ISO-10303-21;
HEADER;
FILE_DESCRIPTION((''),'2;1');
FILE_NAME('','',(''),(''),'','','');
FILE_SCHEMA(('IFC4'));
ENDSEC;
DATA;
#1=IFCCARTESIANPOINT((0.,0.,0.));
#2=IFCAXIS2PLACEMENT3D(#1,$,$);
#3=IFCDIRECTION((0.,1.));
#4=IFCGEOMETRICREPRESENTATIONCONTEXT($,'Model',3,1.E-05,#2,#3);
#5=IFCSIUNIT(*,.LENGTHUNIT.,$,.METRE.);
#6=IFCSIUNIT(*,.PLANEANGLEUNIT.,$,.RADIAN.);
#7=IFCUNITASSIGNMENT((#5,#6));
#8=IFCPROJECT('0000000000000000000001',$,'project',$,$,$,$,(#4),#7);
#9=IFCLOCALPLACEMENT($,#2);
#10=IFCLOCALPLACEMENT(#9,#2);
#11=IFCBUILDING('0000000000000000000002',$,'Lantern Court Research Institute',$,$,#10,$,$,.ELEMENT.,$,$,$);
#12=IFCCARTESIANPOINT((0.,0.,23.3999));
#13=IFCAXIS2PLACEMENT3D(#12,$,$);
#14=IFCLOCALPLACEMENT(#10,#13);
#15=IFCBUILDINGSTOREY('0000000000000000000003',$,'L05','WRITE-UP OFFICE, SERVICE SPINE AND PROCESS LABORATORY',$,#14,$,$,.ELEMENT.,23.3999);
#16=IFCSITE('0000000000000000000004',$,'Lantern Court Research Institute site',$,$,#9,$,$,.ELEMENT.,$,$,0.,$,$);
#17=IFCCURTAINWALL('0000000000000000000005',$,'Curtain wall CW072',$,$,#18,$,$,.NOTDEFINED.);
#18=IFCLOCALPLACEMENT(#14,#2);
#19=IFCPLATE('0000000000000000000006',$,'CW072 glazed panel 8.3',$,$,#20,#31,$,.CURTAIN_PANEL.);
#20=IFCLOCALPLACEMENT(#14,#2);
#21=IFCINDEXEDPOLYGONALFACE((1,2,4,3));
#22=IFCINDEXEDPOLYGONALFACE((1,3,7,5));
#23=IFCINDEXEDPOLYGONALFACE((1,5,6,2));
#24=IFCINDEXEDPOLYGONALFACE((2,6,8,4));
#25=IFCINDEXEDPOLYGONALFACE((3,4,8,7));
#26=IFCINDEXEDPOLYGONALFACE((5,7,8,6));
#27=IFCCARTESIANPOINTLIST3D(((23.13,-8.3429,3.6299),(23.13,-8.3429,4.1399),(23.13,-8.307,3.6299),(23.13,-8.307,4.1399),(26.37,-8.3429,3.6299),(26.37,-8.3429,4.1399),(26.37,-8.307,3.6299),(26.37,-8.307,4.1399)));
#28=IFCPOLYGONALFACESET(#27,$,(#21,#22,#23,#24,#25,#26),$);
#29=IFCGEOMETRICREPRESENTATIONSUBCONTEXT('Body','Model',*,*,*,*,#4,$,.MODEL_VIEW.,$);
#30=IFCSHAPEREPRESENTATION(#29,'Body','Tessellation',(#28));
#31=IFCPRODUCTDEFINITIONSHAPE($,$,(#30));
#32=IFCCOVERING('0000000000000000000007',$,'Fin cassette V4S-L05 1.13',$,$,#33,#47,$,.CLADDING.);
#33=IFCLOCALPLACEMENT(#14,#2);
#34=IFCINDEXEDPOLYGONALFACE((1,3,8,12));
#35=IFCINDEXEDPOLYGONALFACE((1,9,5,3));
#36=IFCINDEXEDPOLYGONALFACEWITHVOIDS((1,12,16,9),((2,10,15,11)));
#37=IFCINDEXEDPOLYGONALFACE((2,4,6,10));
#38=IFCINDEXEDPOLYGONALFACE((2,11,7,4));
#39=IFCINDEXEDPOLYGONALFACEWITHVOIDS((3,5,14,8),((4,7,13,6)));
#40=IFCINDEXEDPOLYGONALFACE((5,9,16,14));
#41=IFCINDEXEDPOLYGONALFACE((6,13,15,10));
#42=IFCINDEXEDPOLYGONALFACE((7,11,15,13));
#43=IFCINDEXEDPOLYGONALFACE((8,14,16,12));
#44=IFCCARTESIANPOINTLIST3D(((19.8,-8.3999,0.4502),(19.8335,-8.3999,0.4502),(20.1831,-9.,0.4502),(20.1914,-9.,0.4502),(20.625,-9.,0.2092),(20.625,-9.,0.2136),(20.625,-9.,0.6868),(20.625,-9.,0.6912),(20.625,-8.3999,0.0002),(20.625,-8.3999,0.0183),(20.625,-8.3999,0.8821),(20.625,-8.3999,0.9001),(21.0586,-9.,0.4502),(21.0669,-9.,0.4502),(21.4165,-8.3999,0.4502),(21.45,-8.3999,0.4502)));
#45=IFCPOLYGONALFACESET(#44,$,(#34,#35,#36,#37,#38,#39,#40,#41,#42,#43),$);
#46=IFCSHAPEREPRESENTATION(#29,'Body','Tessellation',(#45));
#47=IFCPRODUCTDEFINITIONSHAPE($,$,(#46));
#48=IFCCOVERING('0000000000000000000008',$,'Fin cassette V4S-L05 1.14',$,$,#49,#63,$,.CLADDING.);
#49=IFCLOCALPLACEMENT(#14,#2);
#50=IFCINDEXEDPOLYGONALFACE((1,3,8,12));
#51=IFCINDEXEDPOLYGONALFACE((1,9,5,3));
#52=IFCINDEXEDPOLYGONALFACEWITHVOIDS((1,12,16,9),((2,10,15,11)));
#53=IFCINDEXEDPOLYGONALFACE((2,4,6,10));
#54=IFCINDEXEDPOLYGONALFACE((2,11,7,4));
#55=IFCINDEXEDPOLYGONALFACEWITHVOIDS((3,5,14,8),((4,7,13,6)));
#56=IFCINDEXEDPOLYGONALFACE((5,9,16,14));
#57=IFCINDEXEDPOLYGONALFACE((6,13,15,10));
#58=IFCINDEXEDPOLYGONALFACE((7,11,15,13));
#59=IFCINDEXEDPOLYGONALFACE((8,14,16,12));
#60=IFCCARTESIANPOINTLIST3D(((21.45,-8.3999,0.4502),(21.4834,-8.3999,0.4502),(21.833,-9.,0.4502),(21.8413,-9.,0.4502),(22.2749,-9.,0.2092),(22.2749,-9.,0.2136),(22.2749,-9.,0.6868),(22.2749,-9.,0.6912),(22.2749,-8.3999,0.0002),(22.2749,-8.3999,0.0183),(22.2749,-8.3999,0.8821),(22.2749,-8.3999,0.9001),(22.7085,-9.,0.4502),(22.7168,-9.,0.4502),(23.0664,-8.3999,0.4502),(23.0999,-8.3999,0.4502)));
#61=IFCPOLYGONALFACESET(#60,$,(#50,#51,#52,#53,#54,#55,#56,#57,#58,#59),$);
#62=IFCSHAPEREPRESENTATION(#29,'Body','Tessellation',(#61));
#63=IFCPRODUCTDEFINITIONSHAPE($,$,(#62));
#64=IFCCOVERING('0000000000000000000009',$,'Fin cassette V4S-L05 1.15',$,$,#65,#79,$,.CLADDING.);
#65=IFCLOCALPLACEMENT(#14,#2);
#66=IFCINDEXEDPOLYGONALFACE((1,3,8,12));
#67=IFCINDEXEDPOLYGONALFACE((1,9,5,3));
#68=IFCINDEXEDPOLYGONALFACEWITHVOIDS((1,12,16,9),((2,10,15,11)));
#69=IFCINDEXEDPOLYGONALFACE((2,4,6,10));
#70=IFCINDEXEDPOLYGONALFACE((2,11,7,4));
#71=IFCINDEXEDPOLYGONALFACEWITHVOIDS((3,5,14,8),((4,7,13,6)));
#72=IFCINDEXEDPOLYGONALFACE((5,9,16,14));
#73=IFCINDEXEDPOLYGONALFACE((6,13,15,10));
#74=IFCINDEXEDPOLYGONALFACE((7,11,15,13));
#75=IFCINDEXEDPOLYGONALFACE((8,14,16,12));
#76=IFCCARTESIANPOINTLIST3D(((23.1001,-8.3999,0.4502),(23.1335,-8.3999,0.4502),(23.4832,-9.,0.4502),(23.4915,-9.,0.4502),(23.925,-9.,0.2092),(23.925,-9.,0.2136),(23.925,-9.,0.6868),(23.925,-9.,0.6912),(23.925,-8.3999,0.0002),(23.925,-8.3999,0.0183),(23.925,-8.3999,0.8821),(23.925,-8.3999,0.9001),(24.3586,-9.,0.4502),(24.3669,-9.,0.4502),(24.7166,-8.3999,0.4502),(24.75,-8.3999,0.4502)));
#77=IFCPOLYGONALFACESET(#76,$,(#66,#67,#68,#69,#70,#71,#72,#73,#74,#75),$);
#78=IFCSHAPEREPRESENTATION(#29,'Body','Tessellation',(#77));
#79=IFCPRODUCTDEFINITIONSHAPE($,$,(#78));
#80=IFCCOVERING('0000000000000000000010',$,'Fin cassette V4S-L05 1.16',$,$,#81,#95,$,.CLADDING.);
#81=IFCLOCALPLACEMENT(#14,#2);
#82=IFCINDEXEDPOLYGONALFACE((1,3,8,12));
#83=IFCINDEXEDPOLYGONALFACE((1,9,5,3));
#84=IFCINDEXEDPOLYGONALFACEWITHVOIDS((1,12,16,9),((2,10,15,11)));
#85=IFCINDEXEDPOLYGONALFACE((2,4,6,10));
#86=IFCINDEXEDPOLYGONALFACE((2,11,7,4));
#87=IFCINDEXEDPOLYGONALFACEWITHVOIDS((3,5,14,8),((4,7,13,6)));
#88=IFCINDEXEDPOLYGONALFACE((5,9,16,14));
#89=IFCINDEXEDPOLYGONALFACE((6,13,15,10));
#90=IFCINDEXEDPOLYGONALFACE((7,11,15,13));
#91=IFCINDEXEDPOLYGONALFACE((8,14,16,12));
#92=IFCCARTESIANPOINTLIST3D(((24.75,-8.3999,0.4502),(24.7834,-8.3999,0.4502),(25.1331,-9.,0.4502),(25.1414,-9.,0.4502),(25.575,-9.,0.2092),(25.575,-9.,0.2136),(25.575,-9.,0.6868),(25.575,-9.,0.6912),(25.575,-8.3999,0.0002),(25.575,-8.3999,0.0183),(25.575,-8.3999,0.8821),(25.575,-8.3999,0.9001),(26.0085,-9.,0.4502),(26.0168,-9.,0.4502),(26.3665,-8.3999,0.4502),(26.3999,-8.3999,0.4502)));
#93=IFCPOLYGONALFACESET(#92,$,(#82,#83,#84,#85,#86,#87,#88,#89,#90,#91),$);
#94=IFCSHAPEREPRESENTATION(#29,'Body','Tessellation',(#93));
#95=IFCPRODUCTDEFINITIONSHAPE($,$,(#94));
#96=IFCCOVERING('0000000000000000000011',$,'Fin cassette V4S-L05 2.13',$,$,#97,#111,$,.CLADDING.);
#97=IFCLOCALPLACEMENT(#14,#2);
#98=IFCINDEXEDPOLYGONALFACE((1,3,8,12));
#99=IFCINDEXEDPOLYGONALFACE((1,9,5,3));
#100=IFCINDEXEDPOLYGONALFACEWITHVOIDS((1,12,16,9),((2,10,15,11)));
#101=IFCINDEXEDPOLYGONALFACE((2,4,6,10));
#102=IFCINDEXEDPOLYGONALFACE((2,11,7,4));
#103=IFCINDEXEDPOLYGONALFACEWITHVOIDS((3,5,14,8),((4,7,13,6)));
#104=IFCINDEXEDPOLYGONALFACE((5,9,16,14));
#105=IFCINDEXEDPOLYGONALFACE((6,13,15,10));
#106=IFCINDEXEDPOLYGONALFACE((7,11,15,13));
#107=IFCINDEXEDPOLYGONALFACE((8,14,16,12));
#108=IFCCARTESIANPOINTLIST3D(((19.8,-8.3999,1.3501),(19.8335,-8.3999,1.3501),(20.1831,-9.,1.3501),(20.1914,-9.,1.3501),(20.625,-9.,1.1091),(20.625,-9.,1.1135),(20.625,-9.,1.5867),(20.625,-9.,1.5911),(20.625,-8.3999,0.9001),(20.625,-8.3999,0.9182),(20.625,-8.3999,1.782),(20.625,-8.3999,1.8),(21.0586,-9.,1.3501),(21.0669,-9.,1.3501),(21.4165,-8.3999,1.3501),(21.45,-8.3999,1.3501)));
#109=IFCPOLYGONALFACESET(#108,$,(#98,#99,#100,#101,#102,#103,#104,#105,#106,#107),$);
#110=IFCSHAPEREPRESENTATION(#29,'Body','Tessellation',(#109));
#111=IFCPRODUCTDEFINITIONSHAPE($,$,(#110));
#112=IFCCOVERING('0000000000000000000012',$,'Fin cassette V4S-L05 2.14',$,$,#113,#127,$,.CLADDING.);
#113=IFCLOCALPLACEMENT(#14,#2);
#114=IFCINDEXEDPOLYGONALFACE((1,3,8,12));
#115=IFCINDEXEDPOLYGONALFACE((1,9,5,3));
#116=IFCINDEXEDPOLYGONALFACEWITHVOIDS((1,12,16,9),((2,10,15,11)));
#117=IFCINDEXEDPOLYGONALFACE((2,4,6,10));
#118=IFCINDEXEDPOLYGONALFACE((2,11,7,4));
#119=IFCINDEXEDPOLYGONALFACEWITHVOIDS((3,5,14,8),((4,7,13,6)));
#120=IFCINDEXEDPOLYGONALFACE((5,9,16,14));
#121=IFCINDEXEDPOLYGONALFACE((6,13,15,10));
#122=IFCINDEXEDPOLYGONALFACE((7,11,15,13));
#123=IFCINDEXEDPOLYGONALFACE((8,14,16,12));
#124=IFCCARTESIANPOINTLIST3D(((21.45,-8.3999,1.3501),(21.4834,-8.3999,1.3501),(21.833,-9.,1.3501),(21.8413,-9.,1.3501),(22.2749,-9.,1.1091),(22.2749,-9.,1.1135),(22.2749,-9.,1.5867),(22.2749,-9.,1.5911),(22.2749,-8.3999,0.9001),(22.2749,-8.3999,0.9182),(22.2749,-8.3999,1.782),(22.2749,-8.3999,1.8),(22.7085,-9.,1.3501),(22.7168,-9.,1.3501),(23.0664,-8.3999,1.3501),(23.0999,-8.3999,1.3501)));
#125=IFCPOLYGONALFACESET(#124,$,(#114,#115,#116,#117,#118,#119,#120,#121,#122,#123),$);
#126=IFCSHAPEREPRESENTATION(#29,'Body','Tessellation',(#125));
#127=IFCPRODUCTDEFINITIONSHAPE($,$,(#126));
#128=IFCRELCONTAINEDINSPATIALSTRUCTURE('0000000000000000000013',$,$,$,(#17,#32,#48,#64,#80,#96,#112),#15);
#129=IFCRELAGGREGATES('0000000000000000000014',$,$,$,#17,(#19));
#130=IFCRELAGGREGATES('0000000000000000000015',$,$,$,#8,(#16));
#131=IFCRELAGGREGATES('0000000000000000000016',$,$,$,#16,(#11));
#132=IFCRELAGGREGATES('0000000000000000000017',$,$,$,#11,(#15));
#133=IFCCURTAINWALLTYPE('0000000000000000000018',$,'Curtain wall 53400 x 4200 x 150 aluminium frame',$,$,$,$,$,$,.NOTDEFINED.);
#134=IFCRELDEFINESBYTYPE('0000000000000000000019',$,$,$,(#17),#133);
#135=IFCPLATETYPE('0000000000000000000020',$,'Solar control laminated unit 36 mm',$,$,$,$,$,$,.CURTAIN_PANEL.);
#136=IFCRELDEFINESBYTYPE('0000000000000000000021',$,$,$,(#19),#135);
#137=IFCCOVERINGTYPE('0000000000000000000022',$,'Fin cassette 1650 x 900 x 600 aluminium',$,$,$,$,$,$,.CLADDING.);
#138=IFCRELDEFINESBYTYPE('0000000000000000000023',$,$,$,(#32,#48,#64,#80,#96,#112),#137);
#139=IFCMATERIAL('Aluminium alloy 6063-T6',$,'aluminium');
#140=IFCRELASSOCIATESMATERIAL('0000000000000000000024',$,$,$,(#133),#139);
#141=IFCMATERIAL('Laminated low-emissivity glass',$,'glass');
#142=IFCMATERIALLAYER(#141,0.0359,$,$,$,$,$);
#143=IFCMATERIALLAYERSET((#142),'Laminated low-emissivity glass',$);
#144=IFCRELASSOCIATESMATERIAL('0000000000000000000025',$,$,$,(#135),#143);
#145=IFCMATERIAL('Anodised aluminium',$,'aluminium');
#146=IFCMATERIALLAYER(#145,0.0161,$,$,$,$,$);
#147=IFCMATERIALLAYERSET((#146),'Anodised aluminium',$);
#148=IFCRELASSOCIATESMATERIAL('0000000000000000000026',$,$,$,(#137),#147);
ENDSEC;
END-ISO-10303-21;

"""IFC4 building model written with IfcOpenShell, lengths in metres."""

from ifc_helpers import new_model, entity, si_unit, direction, frame, origin, origin_2d, place, context, subcontext, project, spatial, rectangle, extrude, material, layer, layer_set, type_object, element, aggregate, save


model = new_model("IFC4")

# Units and contexts
model_context = context("Model", 3, precision=1e-05, world=origin(), true_north=direction((0.0, 1.0)))
body_context = subcontext(model_context, "Body", "Model", "MODEL_VIEW")
ifc_project = project(units=[si_unit("LENGTHUNIT", "METRE"), si_unit("PLANEANGLEUNIT", "RADIAN")], contexts=[model_context])

# Site, building, storey
site_placement = place(None, origin())
site = spatial("IfcSite", under=ifc_project, at=site_placement, Name="Lantern Court Research Institute site", CompositionType="ELEMENT", RefElevation=0.0)
building_placement = place(site_placement, origin())
building = spatial("IfcBuilding", under=site, at=building_placement, Name="Lantern Court Research Institute", CompositionType="ELEMENT")
storey_placement = place(building_placement, frame((0.0, 0.0, 23.3999)))
storey = spatial("IfcBuildingStorey", under=building, at=storey_placement, Name="L05", Description="WRITE-UP OFFICE, SERVICE SPINE AND PROCESS LABORATORY", CompositionType="ELEMENT", Elevation=23.3999)

# Curtain wall, plate
ifc_material_1 = material(Name="Aluminium alloy 6063-T6", Category="aluminium")
curtain_wall_type = type_object("IfcCurtainWallType", Name="Curtain wall 53400 x 4200 x 150 aluminium frame", PredefinedType="NOTDEFINED", material=ifc_material_1)
curtain_wall_placement = place(storey_placement, origin())
curtain_wall = element("IfcCurtainWall", 1, at=curtain_wall_placement, inside=storey, type_object=curtain_wall_type, Name="Curtain wall CW072", PredefinedType="NOTDEFINED")
ifc_material_2 = material(Name="Laminated low-emissivity glass", Category="glass")
ifc_layer_1 = layer(ifc_material_2, 0.0359)
ifc_layer_set_1 = layer_set([ifc_layer_1], Name="Laminated low-emissivity glass")
plate_type_1 = type_object("IfcPlateType", Name="Solar control laminated unit 36 mm", PredefinedType="CURTAIN_PANEL", material=ifc_layer_set_1)
plate_1_placement = place(storey_placement, frame((24.75, -8.325, 3.6299), z_axis=(0.0, 0.0, 1.0), x_axis=(-1.0, 0.0, 0.0)))
plate_1 = element("IfcPlate", 2, at=plate_1_placement, type_object=plate_type_1, Name="CW072 glazed panel 8.3", PredefinedType="CURTAIN_PANEL", context=body_context, shape_type="SweptSolid", body=[
    extrude(rectangle(XDim=3.24, YDim=0.0359, at=origin_2d()), origin(), (0.0, 0.0, 1.0), 0.51),
])
aggregate(curtain_wall, [plate_1])

# Coverings
ifc_material_3 = material(Name="Anodised aluminium", Category="aluminium")
ifc_layer_2 = layer(ifc_material_3, 0.0161)
ifc_layer_set_2 = layer_set([ifc_layer_2], Name="Anodised aluminium")
covering_type = type_object("IfcCoveringType", Name="Fin cassette 1650 x 900 x 600 aluminium", PredefinedType="CLADDING", material=ifc_layer_set_2)
covering_1_placement = place(storey_placement, frame((20.625, -8.3999, 0.4502), z_axis=(0.0, -1.0, 0.0), x_axis=(1.0, 0.0, 0.0)))
cartesian_point_1 = entity("IfcCartesianPoint", [0.825, 0.0])
cartesian_point_2 = entity("IfcCartesianPoint", [0.7915, 0.0])
cartesian_point_3 = entity("IfcCartesianPoint", [0.4419, 0.0])
cartesian_point_4 = entity("IfcCartesianPoint", [0.4336, 0.0])
element("IfcCovering", 3, at=covering_1_placement, inside=storey, type_object=covering_type, Name="Fin cassette V4S-L05 1.13", PredefinedType="CLADDING", context=body_context, shape_type="SweptSolid", body=[
    entity("IfcExtrudedAreaSolidTapered", entity("IfcArbitraryProfileDefWithVoids", "AREA", None, entity("IfcPolyline", [cartesian_point_1, entity("IfcCartesianPoint", [0.0, 0.45]), entity("IfcCartesianPoint", [-0.825, 0.0]), entity("IfcCartesianPoint", [0.0, -0.45]), cartesian_point_1]), [entity("IfcPolyline", [cartesian_point_2, entity("IfcCartesianPoint", [0.0, 0.4319]), entity("IfcCartesianPoint", [-0.7915, 0.0]), entity("IfcCartesianPoint", [0.0, -0.4319]), cartesian_point_2])]), entity("IfcAxis2Placement3D", entity("IfcCartesianPoint", [0.0, 0.0, 0.0])), entity("IfcDirection", [0.0, 0.0, 1.0]), 0.6001, entity("IfcArbitraryProfileDefWithVoids", "AREA", None, entity("IfcPolyline", [cartesian_point_3, entity("IfcCartesianPoint", [0.0, 0.241]), entity("IfcCartesianPoint", [-0.4419, 0.0]), entity("IfcCartesianPoint", [0.0, -0.241]), cartesian_point_3]), [entity("IfcPolyline", [cartesian_point_4, entity("IfcCartesianPoint", [0.0, 0.2366]), entity("IfcCartesianPoint", [-0.4336, 0.0]), entity("IfcCartesianPoint", [0.0, -0.2366]), cartesian_point_4])])),
])
covering_2_placement = place(storey_placement, frame((22.2749, -8.3999, 0.4502), z_axis=(0.0, -1.0, 0.0), x_axis=(1.0, 0.0, 0.0)))
cartesian_point_5 = entity("IfcCartesianPoint", [0.825, 0.0])
cartesian_point_6 = entity("IfcCartesianPoint", [0.7915, 0.0])
cartesian_point_7 = entity("IfcCartesianPoint", [0.4419, 0.0])
cartesian_point_8 = entity("IfcCartesianPoint", [0.4336, 0.0])
element("IfcCovering", 4, at=covering_2_placement, inside=storey, type_object=covering_type, Name="Fin cassette V4S-L05 1.14", PredefinedType="CLADDING", context=body_context, shape_type="SweptSolid", body=[
    entity("IfcExtrudedAreaSolidTapered", entity("IfcArbitraryProfileDefWithVoids", "AREA", None, entity("IfcPolyline", [cartesian_point_5, entity("IfcCartesianPoint", [0.0, 0.45]), entity("IfcCartesianPoint", [-0.825, 0.0]), entity("IfcCartesianPoint", [0.0, -0.45]), cartesian_point_5]), [entity("IfcPolyline", [cartesian_point_6, entity("IfcCartesianPoint", [0.0, 0.4319]), entity("IfcCartesianPoint", [-0.7915, 0.0]), entity("IfcCartesianPoint", [0.0, -0.4319]), cartesian_point_6])]), entity("IfcAxis2Placement3D", entity("IfcCartesianPoint", [0.0, 0.0, 0.0])), entity("IfcDirection", [0.0, 0.0, 1.0]), 0.6001, entity("IfcArbitraryProfileDefWithVoids", "AREA", None, entity("IfcPolyline", [cartesian_point_7, entity("IfcCartesianPoint", [0.0, 0.241]), entity("IfcCartesianPoint", [-0.4419, 0.0]), entity("IfcCartesianPoint", [0.0, -0.241]), cartesian_point_7]), [entity("IfcPolyline", [cartesian_point_8, entity("IfcCartesianPoint", [0.0, 0.2366]), entity("IfcCartesianPoint", [-0.4336, 0.0]), entity("IfcCartesianPoint", [0.0, -0.2366]), cartesian_point_8])])),
])
covering_3_placement = place(storey_placement, frame((23.925, -8.3999, 0.4502), z_axis=(0.0, -1.0, 0.0), x_axis=(1.0, 0.0, 0.0)))
cartesian_point_9 = entity("IfcCartesianPoint", [0.825, 0.0])
cartesian_point_10 = entity("IfcCartesianPoint", [0.7915, 0.0])
cartesian_point_11 = entity("IfcCartesianPoint", [0.4419, 0.0])
cartesian_point_12 = entity("IfcCartesianPoint", [0.4336, 0.0])
element("IfcCovering", 5, at=covering_3_placement, inside=storey, type_object=covering_type, Name="Fin cassette V4S-L05 1.15", PredefinedType="CLADDING", context=body_context, shape_type="SweptSolid", body=[
    entity("IfcExtrudedAreaSolidTapered", entity("IfcArbitraryProfileDefWithVoids", "AREA", None, entity("IfcPolyline", [cartesian_point_9, entity("IfcCartesianPoint", [0.0, 0.45]), entity("IfcCartesianPoint", [-0.825, 0.0]), entity("IfcCartesianPoint", [0.0, -0.45]), cartesian_point_9]), [entity("IfcPolyline", [cartesian_point_10, entity("IfcCartesianPoint", [0.0, 0.4319]), entity("IfcCartesianPoint", [-0.7915, 0.0]), entity("IfcCartesianPoint", [0.0, -0.4319]), cartesian_point_10])]), entity("IfcAxis2Placement3D", entity("IfcCartesianPoint", [0.0, 0.0, 0.0])), entity("IfcDirection", [0.0, 0.0, 1.0]), 0.6001, entity("IfcArbitraryProfileDefWithVoids", "AREA", None, entity("IfcPolyline", [cartesian_point_11, entity("IfcCartesianPoint", [0.0, 0.241]), entity("IfcCartesianPoint", [-0.4419, 0.0]), entity("IfcCartesianPoint", [0.0, -0.241]), cartesian_point_11]), [entity("IfcPolyline", [cartesian_point_12, entity("IfcCartesianPoint", [0.0, 0.2366]), entity("IfcCartesianPoint", [-0.4336, 0.0]), entity("IfcCartesianPoint", [0.0, -0.2366]), cartesian_point_12])])),
])
covering_4_placement = place(storey_placement, frame((25.575, -8.3999, 0.4502), z_axis=(0.0, -1.0, 0.0), x_axis=(1.0, 0.0, 0.0)))
cartesian_point_13 = entity("IfcCartesianPoint", [0.825, 0.0])
cartesian_point_14 = entity("IfcCartesianPoint", [0.7915, 0.0])
cartesian_point_15 = entity("IfcCartesianPoint", [0.4419, 0.0])
cartesian_point_16 = entity("IfcCartesianPoint", [0.4336, 0.0])
element("IfcCovering", 6, at=covering_4_placement, inside=storey, type_object=covering_type, Name="Fin cassette V4S-L05 1.16", PredefinedType="CLADDING", context=body_context, shape_type="SweptSolid", body=[
    entity("IfcExtrudedAreaSolidTapered", entity("IfcArbitraryProfileDefWithVoids", "AREA", None, entity("IfcPolyline", [cartesian_point_13, entity("IfcCartesianPoint", [0.0, 0.45]), entity("IfcCartesianPoint", [-0.825, 0.0]), entity("IfcCartesianPoint", [0.0, -0.45]), cartesian_point_13]), [entity("IfcPolyline", [cartesian_point_14, entity("IfcCartesianPoint", [0.0, 0.4319]), entity("IfcCartesianPoint", [-0.7915, 0.0]), entity("IfcCartesianPoint", [0.0, -0.4319]), cartesian_point_14])]), entity("IfcAxis2Placement3D", entity("IfcCartesianPoint", [0.0, 0.0, 0.0])), entity("IfcDirection", [0.0, 0.0, 1.0]), 0.6001, entity("IfcArbitraryProfileDefWithVoids", "AREA", None, entity("IfcPolyline", [cartesian_point_15, entity("IfcCartesianPoint", [0.0, 0.241]), entity("IfcCartesianPoint", [-0.4419, 0.0]), entity("IfcCartesianPoint", [0.0, -0.241]), cartesian_point_15]), [entity("IfcPolyline", [cartesian_point_16, entity("IfcCartesianPoint", [0.0, 0.2366]), entity("IfcCartesianPoint", [-0.4336, 0.0]), entity("IfcCartesianPoint", [0.0, -0.2366]), cartesian_point_16])])),
])
covering_5_placement = place(storey_placement, frame((20.625, -8.3999, 1.3501), z_axis=(0.0, -1.0, 0.0), x_axis=(1.0, 0.0, 0.0)))
cartesian_point_17 = entity("IfcCartesianPoint", [0.825, 0.0])
cartesian_point_18 = entity("IfcCartesianPoint", [0.7915, 0.0])
cartesian_point_19 = entity("IfcCartesianPoint", [0.4419, 0.0])
cartesian_point_20 = entity("IfcCartesianPoint", [0.4336, 0.0])
element("IfcCovering", 7, at=covering_5_placement, inside=storey, type_object=covering_type, Name="Fin cassette V4S-L05 2.13", PredefinedType="CLADDING", context=body_context, shape_type="SweptSolid", body=[
    entity("IfcExtrudedAreaSolidTapered", entity("IfcArbitraryProfileDefWithVoids", "AREA", None, entity("IfcPolyline", [cartesian_point_17, entity("IfcCartesianPoint", [0.0, 0.45]), entity("IfcCartesianPoint", [-0.825, 0.0]), entity("IfcCartesianPoint", [0.0, -0.45]), cartesian_point_17]), [entity("IfcPolyline", [cartesian_point_18, entity("IfcCartesianPoint", [0.0, 0.4319]), entity("IfcCartesianPoint", [-0.7915, 0.0]), entity("IfcCartesianPoint", [0.0, -0.4319]), cartesian_point_18])]), entity("IfcAxis2Placement3D", entity("IfcCartesianPoint", [0.0, 0.0, 0.0])), entity("IfcDirection", [0.0, 0.0, 1.0]), 0.6001, entity("IfcArbitraryProfileDefWithVoids", "AREA", None, entity("IfcPolyline", [cartesian_point_19, entity("IfcCartesianPoint", [0.0, 0.241]), entity("IfcCartesianPoint", [-0.4419, 0.0]), entity("IfcCartesianPoint", [0.0, -0.241]), cartesian_point_19]), [entity("IfcPolyline", [cartesian_point_20, entity("IfcCartesianPoint", [0.0, 0.2366]), entity("IfcCartesianPoint", [-0.4336, 0.0]), entity("IfcCartesianPoint", [0.0, -0.2366]), cartesian_point_20])])),
])
covering_6_placement = place(storey_placement, frame((22.2749, -8.3999, 1.3501), z_axis=(0.0, -1.0, 0.0), x_axis=(1.0, 0.0, 0.0)))
cartesian_point_21 = entity("IfcCartesianPoint", [0.825, 0.0])
cartesian_point_22 = entity("IfcCartesianPoint", [0.7915, 0.0])
cartesian_point_23 = entity("IfcCartesianPoint", [0.4419, 0.0])
cartesian_point_24 = entity("IfcCartesianPoint", [0.4336, 0.0])
element("IfcCovering", 8, at=covering_6_placement, inside=storey, type_object=covering_type, Name="Fin cassette V4S-L05 2.14", PredefinedType="CLADDING", context=body_context, shape_type="SweptSolid", body=[
    entity("IfcExtrudedAreaSolidTapered", entity("IfcArbitraryProfileDefWithVoids", "AREA", None, entity("IfcPolyline", [cartesian_point_21, entity("IfcCartesianPoint", [0.0, 0.45]), entity("IfcCartesianPoint", [-0.825, 0.0]), entity("IfcCartesianPoint", [0.0, -0.45]), cartesian_point_21]), [entity("IfcPolyline", [cartesian_point_22, entity("IfcCartesianPoint", [0.0, 0.4319]), entity("IfcCartesianPoint", [-0.7915, 0.0]), entity("IfcCartesianPoint", [0.0, -0.4319]), cartesian_point_22])]), entity("IfcAxis2Placement3D", entity("IfcCartesianPoint", [0.0, 0.0, 0.0])), entity("IfcDirection", [0.0, 0.0, 1.0]), 0.6001, entity("IfcArbitraryProfileDefWithVoids", "AREA", None, entity("IfcPolyline", [cartesian_point_23, entity("IfcCartesianPoint", [0.0, 0.241]), entity("IfcCartesianPoint", [-0.4419, 0.0]), entity("IfcCartesianPoint", [0.0, -0.241]), cartesian_point_23]), [entity("IfcPolyline", [cartesian_point_24, entity("IfcCartesianPoint", [0.0, 0.2366]), entity("IfcCartesianPoint", [-0.4336, 0.0]), entity("IfcCartesianPoint", [0.0, -0.2366]), cartesian_point_24])])),
])

save(model, "model.ifc")
